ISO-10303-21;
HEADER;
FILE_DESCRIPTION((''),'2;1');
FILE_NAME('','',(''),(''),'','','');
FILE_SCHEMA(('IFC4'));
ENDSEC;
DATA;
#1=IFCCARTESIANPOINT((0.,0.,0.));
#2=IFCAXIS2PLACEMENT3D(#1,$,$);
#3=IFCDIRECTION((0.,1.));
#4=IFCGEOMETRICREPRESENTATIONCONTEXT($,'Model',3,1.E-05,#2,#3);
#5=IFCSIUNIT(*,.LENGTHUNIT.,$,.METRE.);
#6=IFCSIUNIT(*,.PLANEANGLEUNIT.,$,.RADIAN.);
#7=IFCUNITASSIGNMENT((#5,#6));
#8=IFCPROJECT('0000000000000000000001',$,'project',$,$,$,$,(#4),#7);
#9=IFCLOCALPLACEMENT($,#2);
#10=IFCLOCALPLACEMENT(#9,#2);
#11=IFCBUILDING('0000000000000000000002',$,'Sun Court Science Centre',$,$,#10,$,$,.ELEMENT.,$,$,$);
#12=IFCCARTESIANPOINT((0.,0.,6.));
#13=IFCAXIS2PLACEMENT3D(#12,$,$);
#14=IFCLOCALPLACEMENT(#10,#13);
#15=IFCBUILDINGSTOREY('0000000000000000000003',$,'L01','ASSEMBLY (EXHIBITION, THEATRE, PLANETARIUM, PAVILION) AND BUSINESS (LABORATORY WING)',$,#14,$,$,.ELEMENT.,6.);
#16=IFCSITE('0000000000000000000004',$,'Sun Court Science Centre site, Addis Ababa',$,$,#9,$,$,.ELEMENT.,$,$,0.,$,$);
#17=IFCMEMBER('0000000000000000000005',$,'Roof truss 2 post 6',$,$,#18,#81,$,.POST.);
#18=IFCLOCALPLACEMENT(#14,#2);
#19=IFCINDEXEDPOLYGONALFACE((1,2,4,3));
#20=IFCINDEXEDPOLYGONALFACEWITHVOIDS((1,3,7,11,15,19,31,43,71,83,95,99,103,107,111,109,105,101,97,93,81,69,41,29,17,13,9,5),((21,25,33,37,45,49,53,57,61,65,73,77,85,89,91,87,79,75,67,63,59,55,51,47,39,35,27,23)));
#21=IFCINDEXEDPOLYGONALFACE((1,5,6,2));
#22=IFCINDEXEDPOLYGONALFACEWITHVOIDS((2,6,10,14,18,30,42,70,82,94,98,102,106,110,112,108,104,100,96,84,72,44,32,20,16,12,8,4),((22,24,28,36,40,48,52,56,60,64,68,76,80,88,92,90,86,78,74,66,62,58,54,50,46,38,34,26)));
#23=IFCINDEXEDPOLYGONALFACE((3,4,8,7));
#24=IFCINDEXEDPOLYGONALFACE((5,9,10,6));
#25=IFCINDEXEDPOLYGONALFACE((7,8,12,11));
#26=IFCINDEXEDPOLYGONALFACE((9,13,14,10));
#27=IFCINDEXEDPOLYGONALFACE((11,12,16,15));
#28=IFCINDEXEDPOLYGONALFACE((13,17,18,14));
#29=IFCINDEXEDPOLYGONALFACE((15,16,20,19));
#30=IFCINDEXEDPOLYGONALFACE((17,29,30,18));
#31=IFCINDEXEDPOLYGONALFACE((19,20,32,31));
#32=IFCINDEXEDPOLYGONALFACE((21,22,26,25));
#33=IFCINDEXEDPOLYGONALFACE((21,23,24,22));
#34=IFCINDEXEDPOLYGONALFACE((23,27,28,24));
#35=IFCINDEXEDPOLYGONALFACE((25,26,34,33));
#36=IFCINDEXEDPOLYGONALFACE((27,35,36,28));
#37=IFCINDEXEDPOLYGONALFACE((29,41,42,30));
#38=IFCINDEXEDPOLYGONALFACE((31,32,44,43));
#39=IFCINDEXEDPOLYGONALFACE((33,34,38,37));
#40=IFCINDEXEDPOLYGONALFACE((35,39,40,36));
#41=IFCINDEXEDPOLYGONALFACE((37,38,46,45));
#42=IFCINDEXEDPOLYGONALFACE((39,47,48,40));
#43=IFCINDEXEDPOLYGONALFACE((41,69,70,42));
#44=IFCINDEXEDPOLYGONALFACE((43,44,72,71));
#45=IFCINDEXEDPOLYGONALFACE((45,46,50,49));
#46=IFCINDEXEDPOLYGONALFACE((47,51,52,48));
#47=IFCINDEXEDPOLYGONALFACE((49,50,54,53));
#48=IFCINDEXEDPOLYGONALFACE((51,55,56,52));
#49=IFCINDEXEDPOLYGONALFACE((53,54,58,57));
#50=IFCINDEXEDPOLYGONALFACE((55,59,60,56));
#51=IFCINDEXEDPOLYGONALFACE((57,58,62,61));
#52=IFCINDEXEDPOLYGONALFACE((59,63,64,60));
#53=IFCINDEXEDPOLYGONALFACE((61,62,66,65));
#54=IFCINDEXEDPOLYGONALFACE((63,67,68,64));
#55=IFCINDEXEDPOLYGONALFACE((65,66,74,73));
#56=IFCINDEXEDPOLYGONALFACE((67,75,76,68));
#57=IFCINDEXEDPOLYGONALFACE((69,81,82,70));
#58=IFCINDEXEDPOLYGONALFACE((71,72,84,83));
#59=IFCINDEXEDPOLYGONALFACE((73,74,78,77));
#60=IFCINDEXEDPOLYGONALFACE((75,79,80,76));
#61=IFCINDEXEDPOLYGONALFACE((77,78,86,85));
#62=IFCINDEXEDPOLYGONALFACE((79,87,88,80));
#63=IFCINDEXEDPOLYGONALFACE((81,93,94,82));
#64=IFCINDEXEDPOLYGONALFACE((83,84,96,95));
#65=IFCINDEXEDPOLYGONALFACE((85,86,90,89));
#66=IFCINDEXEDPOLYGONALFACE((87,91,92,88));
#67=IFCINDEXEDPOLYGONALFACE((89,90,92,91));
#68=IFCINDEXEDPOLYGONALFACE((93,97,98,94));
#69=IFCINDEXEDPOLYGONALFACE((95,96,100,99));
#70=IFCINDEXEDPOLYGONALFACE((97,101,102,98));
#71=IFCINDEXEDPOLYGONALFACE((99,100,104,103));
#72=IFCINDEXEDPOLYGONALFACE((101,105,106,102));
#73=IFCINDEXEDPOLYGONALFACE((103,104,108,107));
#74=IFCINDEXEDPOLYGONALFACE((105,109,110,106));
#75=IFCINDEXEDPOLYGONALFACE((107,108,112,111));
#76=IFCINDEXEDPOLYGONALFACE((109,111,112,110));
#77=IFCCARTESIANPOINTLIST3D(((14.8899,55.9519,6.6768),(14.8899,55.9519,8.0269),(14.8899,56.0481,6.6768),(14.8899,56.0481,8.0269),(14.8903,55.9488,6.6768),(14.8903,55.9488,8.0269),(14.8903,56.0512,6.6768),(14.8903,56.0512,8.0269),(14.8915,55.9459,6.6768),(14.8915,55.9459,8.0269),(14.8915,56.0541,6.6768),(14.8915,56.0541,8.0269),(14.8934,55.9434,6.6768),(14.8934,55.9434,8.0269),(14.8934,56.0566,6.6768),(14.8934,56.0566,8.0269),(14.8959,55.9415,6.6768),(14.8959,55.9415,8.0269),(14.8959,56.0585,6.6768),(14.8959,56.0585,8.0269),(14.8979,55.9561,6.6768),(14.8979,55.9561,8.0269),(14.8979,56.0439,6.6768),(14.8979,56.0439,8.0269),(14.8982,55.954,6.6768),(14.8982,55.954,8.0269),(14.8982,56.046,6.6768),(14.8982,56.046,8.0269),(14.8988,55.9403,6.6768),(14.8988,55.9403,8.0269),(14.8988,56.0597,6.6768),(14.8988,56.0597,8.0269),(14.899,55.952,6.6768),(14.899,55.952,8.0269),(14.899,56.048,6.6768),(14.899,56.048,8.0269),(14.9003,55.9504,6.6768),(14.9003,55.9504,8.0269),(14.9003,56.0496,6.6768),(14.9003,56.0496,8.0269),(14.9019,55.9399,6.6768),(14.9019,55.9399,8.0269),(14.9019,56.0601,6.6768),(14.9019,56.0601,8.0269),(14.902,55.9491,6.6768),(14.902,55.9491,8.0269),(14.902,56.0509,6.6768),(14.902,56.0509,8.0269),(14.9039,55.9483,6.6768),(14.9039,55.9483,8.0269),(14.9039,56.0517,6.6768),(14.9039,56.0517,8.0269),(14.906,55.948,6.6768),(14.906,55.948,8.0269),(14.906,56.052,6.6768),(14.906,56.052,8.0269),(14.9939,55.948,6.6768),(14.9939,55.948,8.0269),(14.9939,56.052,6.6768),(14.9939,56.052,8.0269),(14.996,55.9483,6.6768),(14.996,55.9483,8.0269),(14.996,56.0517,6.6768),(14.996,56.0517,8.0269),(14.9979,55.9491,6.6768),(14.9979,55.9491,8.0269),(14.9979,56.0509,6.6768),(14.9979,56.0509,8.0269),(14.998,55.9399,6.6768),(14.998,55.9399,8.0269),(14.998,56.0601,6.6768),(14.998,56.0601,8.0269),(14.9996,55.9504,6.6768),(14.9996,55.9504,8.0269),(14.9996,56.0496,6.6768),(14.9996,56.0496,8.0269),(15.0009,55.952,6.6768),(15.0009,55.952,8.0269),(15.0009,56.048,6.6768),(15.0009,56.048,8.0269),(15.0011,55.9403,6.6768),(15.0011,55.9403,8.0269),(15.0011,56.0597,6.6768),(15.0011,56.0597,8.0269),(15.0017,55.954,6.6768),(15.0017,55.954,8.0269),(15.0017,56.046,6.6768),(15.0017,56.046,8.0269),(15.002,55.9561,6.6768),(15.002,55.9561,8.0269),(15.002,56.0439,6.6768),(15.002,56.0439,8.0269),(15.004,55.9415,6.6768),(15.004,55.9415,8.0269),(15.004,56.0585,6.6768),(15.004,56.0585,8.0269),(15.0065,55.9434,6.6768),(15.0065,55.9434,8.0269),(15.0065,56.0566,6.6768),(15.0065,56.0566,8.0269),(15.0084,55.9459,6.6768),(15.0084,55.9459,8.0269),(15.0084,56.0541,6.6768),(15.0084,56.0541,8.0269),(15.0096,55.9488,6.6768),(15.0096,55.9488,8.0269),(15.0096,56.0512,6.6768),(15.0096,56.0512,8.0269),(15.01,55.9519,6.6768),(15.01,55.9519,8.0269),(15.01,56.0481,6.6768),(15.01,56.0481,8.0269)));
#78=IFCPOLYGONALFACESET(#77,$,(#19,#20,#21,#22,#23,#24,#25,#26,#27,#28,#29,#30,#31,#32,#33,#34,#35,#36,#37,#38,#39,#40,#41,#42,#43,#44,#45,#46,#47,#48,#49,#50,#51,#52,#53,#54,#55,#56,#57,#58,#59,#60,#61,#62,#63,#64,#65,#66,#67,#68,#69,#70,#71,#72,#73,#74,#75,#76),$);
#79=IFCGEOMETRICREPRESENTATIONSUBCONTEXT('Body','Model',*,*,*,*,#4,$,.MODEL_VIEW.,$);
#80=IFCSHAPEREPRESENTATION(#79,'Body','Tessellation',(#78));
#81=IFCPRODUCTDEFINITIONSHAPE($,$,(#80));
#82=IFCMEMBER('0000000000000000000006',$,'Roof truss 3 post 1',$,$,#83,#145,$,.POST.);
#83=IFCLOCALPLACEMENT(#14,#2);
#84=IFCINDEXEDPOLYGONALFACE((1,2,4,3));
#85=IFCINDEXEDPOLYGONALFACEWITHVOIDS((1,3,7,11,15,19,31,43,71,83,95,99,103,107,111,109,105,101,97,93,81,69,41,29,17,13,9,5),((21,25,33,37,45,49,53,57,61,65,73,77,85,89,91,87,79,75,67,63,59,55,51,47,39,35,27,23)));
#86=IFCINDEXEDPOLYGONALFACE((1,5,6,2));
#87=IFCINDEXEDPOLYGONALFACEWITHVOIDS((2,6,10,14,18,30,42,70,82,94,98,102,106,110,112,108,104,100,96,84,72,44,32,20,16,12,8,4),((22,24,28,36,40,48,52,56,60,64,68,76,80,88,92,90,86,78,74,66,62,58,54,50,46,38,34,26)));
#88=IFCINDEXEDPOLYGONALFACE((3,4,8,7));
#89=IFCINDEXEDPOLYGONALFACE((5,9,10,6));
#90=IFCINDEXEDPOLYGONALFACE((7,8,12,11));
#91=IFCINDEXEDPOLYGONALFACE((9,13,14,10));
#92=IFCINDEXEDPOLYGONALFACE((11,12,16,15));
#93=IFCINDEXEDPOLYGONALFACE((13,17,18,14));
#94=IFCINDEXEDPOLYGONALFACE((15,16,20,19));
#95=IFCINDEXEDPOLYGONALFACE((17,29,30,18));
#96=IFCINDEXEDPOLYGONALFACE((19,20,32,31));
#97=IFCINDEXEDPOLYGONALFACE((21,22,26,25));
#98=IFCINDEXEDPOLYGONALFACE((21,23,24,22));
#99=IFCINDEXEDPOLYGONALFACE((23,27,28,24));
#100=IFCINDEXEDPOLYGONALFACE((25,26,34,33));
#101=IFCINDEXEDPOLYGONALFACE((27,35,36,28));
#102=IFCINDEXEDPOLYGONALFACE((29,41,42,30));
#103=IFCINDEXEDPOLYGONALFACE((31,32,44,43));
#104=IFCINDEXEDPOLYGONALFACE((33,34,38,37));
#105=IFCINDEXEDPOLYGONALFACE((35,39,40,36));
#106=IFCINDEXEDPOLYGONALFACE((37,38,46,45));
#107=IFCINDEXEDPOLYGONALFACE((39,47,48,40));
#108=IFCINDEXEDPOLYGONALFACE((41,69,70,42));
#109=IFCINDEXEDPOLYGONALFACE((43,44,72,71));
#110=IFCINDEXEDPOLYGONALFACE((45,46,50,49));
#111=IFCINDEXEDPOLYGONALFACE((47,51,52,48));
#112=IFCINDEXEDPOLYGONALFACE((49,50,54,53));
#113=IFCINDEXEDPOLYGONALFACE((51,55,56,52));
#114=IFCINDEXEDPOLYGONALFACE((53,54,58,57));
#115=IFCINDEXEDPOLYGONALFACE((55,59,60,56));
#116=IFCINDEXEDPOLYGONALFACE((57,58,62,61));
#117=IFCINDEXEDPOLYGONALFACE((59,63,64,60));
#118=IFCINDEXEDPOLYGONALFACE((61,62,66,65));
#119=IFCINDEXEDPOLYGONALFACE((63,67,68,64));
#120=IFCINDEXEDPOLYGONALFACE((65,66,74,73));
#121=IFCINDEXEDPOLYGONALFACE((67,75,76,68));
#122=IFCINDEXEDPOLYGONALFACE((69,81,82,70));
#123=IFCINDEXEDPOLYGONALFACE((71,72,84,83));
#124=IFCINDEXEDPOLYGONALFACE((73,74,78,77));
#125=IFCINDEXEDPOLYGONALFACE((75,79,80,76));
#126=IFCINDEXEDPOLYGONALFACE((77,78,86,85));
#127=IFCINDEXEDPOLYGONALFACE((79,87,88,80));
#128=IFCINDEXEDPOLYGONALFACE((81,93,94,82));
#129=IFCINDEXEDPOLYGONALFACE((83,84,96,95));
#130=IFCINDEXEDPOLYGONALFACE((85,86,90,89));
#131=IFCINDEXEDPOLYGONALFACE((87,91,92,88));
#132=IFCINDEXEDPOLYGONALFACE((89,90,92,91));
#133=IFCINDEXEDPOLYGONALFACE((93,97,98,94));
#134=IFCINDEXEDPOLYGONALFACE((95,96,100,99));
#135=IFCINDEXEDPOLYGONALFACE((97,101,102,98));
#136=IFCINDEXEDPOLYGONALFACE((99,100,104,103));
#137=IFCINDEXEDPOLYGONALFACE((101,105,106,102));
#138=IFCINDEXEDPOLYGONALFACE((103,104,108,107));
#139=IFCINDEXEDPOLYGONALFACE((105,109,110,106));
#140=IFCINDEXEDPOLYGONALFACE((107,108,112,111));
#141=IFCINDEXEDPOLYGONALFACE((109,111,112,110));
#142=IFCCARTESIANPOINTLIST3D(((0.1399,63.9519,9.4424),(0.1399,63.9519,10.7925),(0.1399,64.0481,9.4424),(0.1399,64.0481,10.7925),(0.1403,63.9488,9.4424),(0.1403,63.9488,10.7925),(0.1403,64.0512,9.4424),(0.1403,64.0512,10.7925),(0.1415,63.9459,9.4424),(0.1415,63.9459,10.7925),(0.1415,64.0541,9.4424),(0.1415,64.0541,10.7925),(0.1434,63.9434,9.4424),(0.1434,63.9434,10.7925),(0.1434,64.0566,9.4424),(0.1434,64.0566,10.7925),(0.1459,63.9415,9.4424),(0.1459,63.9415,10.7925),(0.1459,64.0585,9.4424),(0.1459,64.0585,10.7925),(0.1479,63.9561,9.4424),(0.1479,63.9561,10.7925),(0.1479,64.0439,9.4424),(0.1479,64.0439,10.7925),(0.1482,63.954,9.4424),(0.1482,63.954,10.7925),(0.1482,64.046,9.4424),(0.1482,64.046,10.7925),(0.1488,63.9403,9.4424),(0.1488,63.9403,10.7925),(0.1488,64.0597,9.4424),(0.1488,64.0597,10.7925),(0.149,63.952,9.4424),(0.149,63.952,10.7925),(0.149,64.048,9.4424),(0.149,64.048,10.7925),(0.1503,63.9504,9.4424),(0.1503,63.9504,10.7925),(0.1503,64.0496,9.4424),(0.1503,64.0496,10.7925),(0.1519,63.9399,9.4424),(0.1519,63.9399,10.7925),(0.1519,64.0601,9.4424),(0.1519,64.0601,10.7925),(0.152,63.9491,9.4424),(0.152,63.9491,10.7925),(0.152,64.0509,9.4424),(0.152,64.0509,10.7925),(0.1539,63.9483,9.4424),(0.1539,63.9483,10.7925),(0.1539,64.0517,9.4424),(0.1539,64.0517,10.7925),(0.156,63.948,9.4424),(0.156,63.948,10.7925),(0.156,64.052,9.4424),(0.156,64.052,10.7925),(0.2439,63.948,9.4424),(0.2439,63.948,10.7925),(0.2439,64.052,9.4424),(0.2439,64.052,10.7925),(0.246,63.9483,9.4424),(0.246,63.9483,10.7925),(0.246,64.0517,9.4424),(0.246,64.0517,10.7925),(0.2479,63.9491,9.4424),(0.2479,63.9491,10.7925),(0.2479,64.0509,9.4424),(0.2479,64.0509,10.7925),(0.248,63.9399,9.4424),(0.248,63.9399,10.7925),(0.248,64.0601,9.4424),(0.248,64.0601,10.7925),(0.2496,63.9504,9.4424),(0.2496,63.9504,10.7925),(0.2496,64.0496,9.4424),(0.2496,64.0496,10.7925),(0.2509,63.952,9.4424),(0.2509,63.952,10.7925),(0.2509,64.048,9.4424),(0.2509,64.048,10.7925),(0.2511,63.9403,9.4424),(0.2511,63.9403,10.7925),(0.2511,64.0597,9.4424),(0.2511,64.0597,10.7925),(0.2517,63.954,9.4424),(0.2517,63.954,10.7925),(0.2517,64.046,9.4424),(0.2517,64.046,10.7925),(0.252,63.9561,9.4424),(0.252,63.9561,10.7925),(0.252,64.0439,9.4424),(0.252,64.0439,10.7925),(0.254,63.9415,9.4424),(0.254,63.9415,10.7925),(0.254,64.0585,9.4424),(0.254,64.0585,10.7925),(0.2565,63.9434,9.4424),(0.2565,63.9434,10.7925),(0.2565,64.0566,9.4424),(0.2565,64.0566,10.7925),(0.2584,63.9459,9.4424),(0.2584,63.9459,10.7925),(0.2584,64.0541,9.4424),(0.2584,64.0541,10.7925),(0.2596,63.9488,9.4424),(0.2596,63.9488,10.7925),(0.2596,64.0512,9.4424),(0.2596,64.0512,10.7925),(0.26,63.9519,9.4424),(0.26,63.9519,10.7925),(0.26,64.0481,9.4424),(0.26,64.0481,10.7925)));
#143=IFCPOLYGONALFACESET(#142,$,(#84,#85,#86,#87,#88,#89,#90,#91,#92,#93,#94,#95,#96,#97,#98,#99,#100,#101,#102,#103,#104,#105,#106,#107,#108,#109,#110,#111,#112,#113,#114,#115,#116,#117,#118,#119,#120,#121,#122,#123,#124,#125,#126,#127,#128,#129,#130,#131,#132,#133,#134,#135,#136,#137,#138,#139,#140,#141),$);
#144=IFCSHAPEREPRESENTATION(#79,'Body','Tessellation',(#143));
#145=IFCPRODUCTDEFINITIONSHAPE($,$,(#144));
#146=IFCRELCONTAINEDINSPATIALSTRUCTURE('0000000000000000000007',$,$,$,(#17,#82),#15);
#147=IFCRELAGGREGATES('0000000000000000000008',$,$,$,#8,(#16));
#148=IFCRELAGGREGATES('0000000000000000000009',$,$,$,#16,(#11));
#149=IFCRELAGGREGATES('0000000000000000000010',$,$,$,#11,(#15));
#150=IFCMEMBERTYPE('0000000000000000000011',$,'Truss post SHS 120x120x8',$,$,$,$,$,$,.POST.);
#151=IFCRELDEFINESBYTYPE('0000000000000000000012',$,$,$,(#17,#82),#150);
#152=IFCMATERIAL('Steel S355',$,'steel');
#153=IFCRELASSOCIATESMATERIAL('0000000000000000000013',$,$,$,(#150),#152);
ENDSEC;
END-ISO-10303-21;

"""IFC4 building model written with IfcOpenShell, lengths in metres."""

from ifc_helpers import new_model, si_unit, direction, frame, origin, origin_2d, place, context, subcontext, project, spatial, hollow_rectangle, extrude, material, material_profile, profile_set, type_object, element, save


model = new_model("IFC4")

# Units and contexts
model_context = context("Model", 3, precision=1e-05, world=origin(), true_north=direction((0.0, 1.0)))
body_context = subcontext(model_context, "Body", "Model", "MODEL_VIEW")
ifc_project = project(units=[si_unit("LENGTHUNIT", "METRE"), si_unit("PLANEANGLEUNIT", "RADIAN")], contexts=[model_context])

# Site, building, storey
site_placement = place(None, origin())
site = spatial("IfcSite", under=ifc_project, at=site_placement, Name="Sun Court Science Centre site, Addis Ababa", CompositionType="ELEMENT", RefElevation=0.0)
building_placement = place(site_placement, origin())
building = spatial("IfcBuilding", under=site, at=building_placement, Name="Sun Court Science Centre", CompositionType="ELEMENT")
storey_placement = place(building_placement, frame((0.0, 0.0, 6.0)))
storey = spatial("IfcBuildingStorey", under=building, at=storey_placement, Name="L01", Description="ASSEMBLY (EXHIBITION, THEATRE, PLANETARIUM, PAVILION) AND BUSINESS (LABORATORY WING)", CompositionType="ELEMENT", Elevation=6.0)

# Members
ifc_material_1 = material(Name="Steel S355", Category="steel")
ifc_material_profile_1 = material_profile(ifc_material_1, hollow_rectangle(XDim=0.1201, YDim=0.1201, WallThickness=0.0081, InnerFilletRadius=0.0081, OuterFilletRadius=0.012, at=origin_2d()), Name="SHS 120x120x8")
ifc_profile_set_1 = profile_set([ifc_material_profile_1], Name="Steel S355")
member_type_1 = type_object("IfcMemberType", Name="Truss post SHS 120x120x8", PredefinedType="POST", material=ifc_profile_set_1)
for number, where, z_axis, x_axis, name in (
    (1, (14.95, 56.0, 6.6768), (0.0, 0.0, 1.0), (1.0, 0.0, 0.0), "Roof truss 2 post 6"),
    (2, (0.2, 64.0, 9.4424), (0.0, 0.0, 1.0), (1.0, 0.0, 0.0), "Roof truss 3 post 1"),
):
    element("IfcMember", number, at=place(storey_placement, frame(where, z_axis=z_axis, x_axis=x_axis)), inside=storey, type_object=member_type_1, Name=name, PredefinedType="POST", context=body_context, shape_type="SweptSolid", body=[
        extrude(hollow_rectangle(XDim=0.1201, YDim=0.1201, WallThickness=0.0081, InnerFilletRadius=0.0081, OuterFilletRadius=0.012, at=origin_2d()), origin(), (0.0, 0.0, 1.0), 1.3501),
    ])

save(model, "model.ifc")
